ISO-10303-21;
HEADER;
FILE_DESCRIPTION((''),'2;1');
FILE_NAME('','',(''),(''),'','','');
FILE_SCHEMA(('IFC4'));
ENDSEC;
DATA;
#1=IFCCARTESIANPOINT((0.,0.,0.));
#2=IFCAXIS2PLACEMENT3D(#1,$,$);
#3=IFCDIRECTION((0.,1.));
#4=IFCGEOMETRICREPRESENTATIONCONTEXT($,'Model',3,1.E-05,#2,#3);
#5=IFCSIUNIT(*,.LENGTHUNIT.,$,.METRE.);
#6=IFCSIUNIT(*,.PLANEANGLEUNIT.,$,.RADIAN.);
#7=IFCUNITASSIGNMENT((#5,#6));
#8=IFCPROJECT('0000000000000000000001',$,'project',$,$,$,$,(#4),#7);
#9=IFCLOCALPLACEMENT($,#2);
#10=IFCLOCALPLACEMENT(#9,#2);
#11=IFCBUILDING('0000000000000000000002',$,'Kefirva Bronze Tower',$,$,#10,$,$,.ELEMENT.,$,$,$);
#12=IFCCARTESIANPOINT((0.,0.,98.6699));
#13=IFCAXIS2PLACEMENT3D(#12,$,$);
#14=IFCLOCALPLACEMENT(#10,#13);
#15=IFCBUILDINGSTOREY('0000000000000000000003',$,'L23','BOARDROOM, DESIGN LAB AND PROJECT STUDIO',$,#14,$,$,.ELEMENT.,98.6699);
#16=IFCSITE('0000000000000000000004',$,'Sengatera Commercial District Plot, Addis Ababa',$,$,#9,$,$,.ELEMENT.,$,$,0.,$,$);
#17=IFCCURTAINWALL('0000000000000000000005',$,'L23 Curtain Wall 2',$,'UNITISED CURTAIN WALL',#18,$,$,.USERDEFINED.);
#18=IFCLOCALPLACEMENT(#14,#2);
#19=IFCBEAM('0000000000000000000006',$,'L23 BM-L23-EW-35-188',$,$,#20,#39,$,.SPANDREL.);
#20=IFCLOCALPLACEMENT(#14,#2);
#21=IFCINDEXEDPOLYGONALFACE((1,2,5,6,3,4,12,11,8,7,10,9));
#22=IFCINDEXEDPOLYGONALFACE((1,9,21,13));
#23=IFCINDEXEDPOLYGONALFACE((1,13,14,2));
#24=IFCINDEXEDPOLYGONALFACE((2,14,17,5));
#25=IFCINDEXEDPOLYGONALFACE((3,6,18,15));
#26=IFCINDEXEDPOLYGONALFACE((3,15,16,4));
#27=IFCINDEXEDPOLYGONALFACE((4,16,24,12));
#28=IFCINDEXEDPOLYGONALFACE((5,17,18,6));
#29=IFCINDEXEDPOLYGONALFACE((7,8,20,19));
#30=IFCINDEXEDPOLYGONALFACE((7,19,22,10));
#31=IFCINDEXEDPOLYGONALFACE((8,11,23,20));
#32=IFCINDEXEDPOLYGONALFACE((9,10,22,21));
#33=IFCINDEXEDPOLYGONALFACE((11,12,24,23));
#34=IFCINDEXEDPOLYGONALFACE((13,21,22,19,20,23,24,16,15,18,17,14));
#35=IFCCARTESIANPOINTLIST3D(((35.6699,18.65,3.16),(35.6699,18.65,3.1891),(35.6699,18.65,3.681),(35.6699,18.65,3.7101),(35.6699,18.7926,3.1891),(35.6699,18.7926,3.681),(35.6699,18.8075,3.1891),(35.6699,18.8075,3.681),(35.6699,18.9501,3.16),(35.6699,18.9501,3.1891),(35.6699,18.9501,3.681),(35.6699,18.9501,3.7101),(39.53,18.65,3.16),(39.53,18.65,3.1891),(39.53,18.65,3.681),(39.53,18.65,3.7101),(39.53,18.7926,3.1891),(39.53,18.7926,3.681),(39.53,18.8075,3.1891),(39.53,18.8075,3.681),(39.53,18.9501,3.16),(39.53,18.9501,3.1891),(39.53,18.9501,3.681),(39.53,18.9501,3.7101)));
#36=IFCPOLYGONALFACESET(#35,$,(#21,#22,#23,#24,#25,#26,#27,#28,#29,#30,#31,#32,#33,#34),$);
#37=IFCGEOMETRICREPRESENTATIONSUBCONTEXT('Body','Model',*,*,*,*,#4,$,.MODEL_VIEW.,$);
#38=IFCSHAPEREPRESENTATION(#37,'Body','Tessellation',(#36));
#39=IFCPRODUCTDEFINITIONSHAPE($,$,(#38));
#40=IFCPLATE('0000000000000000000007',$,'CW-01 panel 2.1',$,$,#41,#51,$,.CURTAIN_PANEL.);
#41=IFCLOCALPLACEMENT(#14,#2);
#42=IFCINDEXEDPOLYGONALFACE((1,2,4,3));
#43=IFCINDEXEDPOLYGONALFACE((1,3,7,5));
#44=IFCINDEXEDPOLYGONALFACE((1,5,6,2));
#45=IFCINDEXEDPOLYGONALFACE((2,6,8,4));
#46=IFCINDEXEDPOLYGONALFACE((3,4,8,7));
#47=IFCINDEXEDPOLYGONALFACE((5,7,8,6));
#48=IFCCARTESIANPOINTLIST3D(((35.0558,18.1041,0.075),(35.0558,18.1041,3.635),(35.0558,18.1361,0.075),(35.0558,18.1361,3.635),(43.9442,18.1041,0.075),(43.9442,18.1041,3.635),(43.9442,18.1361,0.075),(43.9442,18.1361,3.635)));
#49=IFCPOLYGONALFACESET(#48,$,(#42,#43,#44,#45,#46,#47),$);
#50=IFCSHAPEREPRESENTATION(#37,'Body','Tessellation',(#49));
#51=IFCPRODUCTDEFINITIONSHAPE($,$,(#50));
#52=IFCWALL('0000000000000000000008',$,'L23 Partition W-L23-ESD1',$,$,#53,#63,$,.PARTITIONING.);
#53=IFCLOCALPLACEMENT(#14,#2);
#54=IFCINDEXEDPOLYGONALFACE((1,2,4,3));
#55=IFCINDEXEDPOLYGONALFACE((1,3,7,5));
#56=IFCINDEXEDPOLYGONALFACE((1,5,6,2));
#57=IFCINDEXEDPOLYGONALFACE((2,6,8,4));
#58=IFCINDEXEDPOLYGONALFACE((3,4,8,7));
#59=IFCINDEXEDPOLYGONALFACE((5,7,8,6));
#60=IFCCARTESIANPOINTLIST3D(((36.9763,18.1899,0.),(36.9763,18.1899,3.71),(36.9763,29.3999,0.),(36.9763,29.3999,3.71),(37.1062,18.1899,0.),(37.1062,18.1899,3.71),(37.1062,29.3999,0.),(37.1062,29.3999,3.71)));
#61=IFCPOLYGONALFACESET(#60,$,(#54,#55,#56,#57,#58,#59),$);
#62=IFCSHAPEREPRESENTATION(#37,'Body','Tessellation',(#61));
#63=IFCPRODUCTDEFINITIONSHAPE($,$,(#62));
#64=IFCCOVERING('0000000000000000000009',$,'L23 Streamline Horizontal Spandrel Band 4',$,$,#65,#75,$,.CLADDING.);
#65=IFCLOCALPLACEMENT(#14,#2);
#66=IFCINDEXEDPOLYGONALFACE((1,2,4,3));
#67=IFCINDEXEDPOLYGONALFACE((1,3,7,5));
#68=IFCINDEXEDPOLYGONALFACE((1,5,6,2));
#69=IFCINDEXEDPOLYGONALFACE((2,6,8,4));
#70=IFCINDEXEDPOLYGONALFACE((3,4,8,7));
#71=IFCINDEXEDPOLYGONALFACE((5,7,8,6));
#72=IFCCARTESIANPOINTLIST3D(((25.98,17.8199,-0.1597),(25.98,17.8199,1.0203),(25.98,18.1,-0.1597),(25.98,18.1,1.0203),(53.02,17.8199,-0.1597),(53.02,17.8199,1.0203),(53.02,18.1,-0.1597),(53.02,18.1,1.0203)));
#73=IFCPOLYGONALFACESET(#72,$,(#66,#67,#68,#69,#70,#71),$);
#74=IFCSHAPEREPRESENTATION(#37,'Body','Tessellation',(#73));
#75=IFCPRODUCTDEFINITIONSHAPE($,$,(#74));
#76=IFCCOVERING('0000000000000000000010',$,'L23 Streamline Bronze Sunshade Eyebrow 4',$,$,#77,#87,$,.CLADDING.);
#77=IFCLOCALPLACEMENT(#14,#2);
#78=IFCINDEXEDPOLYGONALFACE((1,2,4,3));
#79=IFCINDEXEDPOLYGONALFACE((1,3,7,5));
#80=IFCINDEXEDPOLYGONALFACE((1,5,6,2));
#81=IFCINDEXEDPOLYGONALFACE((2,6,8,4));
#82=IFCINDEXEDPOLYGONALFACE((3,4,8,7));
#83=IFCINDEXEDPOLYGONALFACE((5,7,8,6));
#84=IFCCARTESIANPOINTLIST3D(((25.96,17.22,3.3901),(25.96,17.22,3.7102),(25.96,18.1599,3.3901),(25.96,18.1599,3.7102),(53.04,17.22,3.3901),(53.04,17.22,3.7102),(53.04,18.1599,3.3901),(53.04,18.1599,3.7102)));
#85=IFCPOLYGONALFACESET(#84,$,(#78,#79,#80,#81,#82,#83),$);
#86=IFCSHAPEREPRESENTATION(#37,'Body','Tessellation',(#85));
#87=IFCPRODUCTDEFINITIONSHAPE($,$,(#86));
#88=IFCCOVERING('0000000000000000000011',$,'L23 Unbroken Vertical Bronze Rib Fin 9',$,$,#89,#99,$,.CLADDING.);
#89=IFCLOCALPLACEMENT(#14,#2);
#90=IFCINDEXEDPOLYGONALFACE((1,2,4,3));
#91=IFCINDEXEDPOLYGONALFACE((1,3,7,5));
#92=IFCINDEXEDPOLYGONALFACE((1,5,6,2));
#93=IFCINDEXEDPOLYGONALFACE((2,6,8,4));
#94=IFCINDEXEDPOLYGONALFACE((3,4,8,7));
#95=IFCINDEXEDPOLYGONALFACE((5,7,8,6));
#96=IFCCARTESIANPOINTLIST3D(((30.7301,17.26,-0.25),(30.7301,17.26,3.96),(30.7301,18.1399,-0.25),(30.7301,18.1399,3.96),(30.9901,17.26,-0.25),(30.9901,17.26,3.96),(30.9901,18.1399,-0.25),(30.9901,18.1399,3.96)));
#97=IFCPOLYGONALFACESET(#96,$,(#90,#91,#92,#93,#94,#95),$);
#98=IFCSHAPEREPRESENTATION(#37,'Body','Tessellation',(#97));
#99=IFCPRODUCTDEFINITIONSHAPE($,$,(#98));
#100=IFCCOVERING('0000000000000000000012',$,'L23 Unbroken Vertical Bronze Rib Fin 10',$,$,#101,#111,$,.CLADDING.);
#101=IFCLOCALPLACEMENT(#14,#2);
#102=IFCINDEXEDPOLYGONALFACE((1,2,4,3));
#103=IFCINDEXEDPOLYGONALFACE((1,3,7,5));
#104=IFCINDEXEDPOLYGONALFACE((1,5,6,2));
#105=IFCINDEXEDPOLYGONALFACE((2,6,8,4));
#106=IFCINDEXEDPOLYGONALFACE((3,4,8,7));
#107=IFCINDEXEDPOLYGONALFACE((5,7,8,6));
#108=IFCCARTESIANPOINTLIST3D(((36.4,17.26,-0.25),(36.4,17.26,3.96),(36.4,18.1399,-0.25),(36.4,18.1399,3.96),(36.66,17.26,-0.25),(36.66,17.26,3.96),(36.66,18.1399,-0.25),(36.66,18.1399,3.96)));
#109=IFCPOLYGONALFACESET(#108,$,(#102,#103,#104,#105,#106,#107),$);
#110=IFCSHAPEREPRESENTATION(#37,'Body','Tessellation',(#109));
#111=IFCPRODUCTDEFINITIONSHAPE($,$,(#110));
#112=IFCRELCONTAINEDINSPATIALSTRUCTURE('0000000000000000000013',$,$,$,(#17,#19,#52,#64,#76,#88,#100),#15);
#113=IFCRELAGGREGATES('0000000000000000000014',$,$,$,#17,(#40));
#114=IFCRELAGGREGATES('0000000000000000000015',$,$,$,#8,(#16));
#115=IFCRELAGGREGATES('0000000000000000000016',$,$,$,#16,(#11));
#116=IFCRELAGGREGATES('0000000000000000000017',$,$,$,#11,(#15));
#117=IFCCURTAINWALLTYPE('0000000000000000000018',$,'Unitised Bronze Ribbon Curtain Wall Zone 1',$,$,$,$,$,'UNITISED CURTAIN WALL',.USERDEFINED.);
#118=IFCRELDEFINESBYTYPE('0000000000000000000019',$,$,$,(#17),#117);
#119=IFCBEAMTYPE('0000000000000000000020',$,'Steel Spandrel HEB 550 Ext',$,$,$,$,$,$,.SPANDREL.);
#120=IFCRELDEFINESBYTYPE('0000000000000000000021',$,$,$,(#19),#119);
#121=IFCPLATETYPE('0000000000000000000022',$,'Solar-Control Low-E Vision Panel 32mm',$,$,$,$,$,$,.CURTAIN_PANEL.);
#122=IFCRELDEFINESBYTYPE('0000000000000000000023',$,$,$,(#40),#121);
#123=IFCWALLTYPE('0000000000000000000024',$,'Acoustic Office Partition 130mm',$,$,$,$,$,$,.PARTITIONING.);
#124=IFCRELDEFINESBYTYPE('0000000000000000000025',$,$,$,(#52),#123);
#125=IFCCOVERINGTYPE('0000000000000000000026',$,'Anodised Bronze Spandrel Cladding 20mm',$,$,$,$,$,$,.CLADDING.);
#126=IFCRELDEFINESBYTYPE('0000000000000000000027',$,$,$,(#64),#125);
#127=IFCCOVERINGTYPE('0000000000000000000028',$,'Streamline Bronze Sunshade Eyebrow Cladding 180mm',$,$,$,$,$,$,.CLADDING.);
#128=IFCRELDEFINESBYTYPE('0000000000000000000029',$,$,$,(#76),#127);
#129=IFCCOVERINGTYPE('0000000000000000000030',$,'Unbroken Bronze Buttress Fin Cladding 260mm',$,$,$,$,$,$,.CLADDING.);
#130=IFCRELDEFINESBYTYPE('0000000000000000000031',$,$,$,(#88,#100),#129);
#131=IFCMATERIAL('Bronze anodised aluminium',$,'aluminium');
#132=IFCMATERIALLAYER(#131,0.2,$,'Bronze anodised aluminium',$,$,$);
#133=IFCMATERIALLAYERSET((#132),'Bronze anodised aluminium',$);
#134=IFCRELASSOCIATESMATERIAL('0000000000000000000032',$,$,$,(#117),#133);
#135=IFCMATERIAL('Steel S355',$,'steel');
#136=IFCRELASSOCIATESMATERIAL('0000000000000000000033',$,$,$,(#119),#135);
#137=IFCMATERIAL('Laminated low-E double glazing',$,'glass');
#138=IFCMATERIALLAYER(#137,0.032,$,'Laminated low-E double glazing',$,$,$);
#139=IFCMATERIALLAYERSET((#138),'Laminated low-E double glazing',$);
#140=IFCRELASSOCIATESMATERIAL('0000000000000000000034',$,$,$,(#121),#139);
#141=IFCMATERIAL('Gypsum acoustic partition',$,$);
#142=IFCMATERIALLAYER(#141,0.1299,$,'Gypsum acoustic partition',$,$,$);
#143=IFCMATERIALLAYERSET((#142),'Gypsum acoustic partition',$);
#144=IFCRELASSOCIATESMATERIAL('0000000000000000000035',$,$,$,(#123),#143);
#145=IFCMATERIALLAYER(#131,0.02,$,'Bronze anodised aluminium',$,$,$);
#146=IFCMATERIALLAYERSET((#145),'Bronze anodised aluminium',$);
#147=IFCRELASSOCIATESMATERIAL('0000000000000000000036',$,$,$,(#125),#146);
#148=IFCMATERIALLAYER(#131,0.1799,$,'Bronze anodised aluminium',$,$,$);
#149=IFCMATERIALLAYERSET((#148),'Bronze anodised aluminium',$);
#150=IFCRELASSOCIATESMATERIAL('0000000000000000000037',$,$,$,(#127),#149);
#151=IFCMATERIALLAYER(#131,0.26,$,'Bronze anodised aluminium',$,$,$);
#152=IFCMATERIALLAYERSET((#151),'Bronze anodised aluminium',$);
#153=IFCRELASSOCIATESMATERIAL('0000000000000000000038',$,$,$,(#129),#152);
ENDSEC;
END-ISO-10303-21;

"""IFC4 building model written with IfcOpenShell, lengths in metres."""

from ifc_helpers import new_model, si_unit, direction, frame, frame_2d, origin, origin_2d, place, context, subcontext, project, spatial, rectangle, i_section, extrude, material, layer, layer_set, material_profile, profile_set, type_object, element, aggregate, save


model = new_model("IFC4")

# Units and contexts
model_context = context("Model", 3, precision=1e-05, world=origin(), true_north=direction((0.0, 1.0)))
body_context = subcontext(model_context, "Body", "Model", "MODEL_VIEW")
ifc_project = project(units=[si_unit("LENGTHUNIT", "METRE"), si_unit("PLANEANGLEUNIT", "RADIAN")], contexts=[model_context])

# Site, building, storey
site_placement = place(None, origin())
site = spatial("IfcSite", under=ifc_project, at=site_placement, Name="Sengatera Commercial District Plot, Addis Ababa", CompositionType="ELEMENT", RefElevation=0.0)
building_placement = place(site_placement, origin())
building = spatial("IfcBuilding", under=site, at=building_placement, Name="Kefirva Bronze Tower", CompositionType="ELEMENT")
storey_placement = place(building_placement, frame((0.0, 0.0, 98.6699)))
storey = spatial("IfcBuildingStorey", under=building, at=storey_placement, Name="L23", Description="BOARDROOM, DESIGN LAB AND PROJECT STUDIO", CompositionType="ELEMENT", Elevation=98.6699)

# Curtain wall
ifc_material_1 = material(Name="Bronze anodised aluminium", Category="aluminium")
ifc_layer_1 = layer(ifc_material_1, 0.2, Name="Bronze anodised aluminium")
ifc_layer_set_1 = layer_set([ifc_layer_1], Name="Bronze anodised aluminium")
curtain_wall_type = type_object("IfcCurtainWallType", Name="Unitised Bronze Ribbon Curtain Wall Zone 1", ElementType="UNITISED CURTAIN WALL", PredefinedType="USERDEFINED", material=ifc_layer_set_1)
curtain_wall_placement = place(storey_placement, origin())
curtain_wall = element("IfcCurtainWall", 1, at=curtain_wall_placement, inside=storey, type_object=curtain_wall_type, Name="L23 Curtain Wall 2", ObjectType="UNITISED CURTAIN WALL", PredefinedType="USERDEFINED")

# Beam
ifc_material_2 = material(Name="Steel S355", Category="steel")
ifc_material_profile_1 = material_profile(ifc_material_2, i_section(OverallWidth=0.3, OverallDepth=0.55, WebThickness=0.0149, FlangeThickness=0.0291, at=origin_2d()), Name="HEB 550")
ifc_profile_set_1 = profile_set([ifc_material_profile_1], Name="Steel S355")
beam_type_1 = type_object("IfcBeamType", Name="Steel Spandrel HEB 550 Ext", PredefinedType="SPANDREL", material=ifc_profile_set_1)
beam_1_placement = place(storey_placement, frame((35.6699, 18.8, 3.4351), z_axis=(1.0, 0.0, 0.0), x_axis=(0.0, 1.0, 0.0)))
element("IfcBeam", 2, at=beam_1_placement, inside=storey, type_object=beam_type_1, Name="L23 BM-L23-EW-35-188", PredefinedType="SPANDREL", context=body_context, shape_type="SweptSolid", body=[
    extrude(i_section(OverallWidth=0.3, OverallDepth=0.55, WebThickness=0.0149, FlangeThickness=0.0291, at=origin_2d()), origin(), (0.0, 0.0, 1.0), 3.8601),
])

# Plate
ifc_material_3 = material(Name="Laminated low-E double glazing", Category="glass")
ifc_layer_2 = layer(ifc_material_3, 0.032, Name="Laminated low-E double glazing")
ifc_layer_set_2 = layer_set([ifc_layer_2], Name="Laminated low-E double glazing")
plate_type = type_object("IfcPlateType", Name="Solar-Control Low-E Vision Panel 32mm", PredefinedType="CURTAIN_PANEL", material=ifc_layer_set_2)
plate_placement = place(storey_placement, frame((39.5, 18.1201, 0.075), z_axis=(0.0, 0.0, 1.0), x_axis=(1.0, 0.0, 0.0)))
plate = element("IfcPlate", 3, at=plate_placement, type_object=plate_type, Name="CW-01 panel 2.1", PredefinedType="CURTAIN_PANEL", context=body_context, shape_type="SweptSolid", body=[
    extrude(rectangle(XDim=8.8884, YDim=0.032, at=origin_2d()), origin(), (0.0, 0.0, 1.0), 3.5601),
])
aggregate(curtain_wall, [plate])

# Wall
ifc_material_4 = material(Name="Gypsum acoustic partition")
ifc_layer_3 = layer(ifc_material_4, 0.1299, Name="Gypsum acoustic partition")
ifc_layer_set_3 = layer_set([ifc_layer_3], Name="Gypsum acoustic partition")
wall_type = type_object("IfcWallType", Name="Acoustic Office Partition 130mm", PredefinedType="PARTITIONING", material=ifc_layer_set_3)
wall_placement = place(storey_placement, frame((37.0413, 18.1899, 0.0), z_axis=(0.0, 0.0, 1.0), x_axis=(0.0, 1.0, 0.0)))
element("IfcWall", 4, at=wall_placement, inside=storey, type_object=wall_type, Name="L23 Partition W-L23-ESD1", PredefinedType="PARTITIONING", context=body_context, shape_type="SweptSolid", body=[
    extrude(rectangle(XDim=11.21, YDim=0.1299, at=frame_2d((5.605, 0.0))), origin(), (0.0, 0.0, 1.0), 3.71),
])

# Coverings
ifc_layer_4 = layer(ifc_material_1, 0.02, Name="Bronze anodised aluminium")
ifc_layer_set_4 = layer_set([ifc_layer_4], Name="Bronze anodised aluminium")
covering_type_1 = type_object("IfcCoveringType", Name="Anodised Bronze Spandrel Cladding 20mm", PredefinedType="CLADDING", material=ifc_layer_set_4)
covering_1_placement = place(storey_placement, frame((39.5, 17.96, -0.1597), z_axis=(0.0, 0.0, 1.0), x_axis=(1.0, 0.0, 0.0)))
element("IfcCovering", 5, at=covering_1_placement, inside=storey, type_object=covering_type_1, Name="L23 Streamline Horizontal Spandrel Band 4", PredefinedType="CLADDING", context=body_context, shape_type="SweptSolid", body=[
    extrude(rectangle(XDim=27.04, YDim=0.28, at=origin_2d()), origin(), (0.0, 0.0, 1.0), 1.1799),
])
ifc_layer_5 = layer(ifc_material_1, 0.1799, Name="Bronze anodised aluminium")
ifc_layer_set_5 = layer_set([ifc_layer_5], Name="Bronze anodised aluminium")
covering_type_2 = type_object("IfcCoveringType", Name="Streamline Bronze Sunshade Eyebrow Cladding 180mm", PredefinedType="CLADDING", material=ifc_layer_set_5)
covering_2_placement = place(storey_placement, frame((39.5, 17.6899, 3.3901), z_axis=(0.0, 0.0, 1.0), x_axis=(1.0, 0.0, 0.0)))
element("IfcCovering", 6, at=covering_2_placement, inside=storey, type_object=covering_type_2, Name="L23 Streamline Bronze Sunshade Eyebrow 4", PredefinedType="CLADDING", context=body_context, shape_type="SweptSolid", body=[
    extrude(rectangle(XDim=27.0801, YDim=0.9399, at=origin_2d()), origin(), (0.0, 0.0, 1.0), 0.3201),
])
ifc_layer_6 = layer(ifc_material_1, 0.26, Name="Bronze anodised aluminium")
ifc_layer_set_6 = layer_set([ifc_layer_6], Name="Bronze anodised aluminium")
covering_type_3 = type_object("IfcCoveringType", Name="Unbroken Bronze Buttress Fin Cladding 260mm", PredefinedType="CLADDING", material=ifc_layer_set_6)
for number, where, z_axis, x_axis, name in (
    (7, (30.8601, 17.7, -0.25), (0.0, 0.0, 1.0), (1.0, 0.0, 0.0), "L23 Unbroken Vertical Bronze Rib Fin 9"),
    (8, (36.53, 17.7, -0.25), (0.0, 0.0, 1.0), (1.0, 0.0, 0.0), "L23 Unbroken Vertical Bronze Rib Fin 10"),
):
    element("IfcCovering", number, at=place(storey_placement, frame(where, z_axis=z_axis, x_axis=x_axis)), inside=storey, type_object=covering_type_3, Name=name, PredefinedType="CLADDING", context=body_context, shape_type="SweptSolid", body=[
        extrude(rectangle(XDim=0.26, YDim=0.8799, at=origin_2d()), origin(), (0.0, 0.0, 1.0), 4.21),
    ])

save(model, "model.ifc")
